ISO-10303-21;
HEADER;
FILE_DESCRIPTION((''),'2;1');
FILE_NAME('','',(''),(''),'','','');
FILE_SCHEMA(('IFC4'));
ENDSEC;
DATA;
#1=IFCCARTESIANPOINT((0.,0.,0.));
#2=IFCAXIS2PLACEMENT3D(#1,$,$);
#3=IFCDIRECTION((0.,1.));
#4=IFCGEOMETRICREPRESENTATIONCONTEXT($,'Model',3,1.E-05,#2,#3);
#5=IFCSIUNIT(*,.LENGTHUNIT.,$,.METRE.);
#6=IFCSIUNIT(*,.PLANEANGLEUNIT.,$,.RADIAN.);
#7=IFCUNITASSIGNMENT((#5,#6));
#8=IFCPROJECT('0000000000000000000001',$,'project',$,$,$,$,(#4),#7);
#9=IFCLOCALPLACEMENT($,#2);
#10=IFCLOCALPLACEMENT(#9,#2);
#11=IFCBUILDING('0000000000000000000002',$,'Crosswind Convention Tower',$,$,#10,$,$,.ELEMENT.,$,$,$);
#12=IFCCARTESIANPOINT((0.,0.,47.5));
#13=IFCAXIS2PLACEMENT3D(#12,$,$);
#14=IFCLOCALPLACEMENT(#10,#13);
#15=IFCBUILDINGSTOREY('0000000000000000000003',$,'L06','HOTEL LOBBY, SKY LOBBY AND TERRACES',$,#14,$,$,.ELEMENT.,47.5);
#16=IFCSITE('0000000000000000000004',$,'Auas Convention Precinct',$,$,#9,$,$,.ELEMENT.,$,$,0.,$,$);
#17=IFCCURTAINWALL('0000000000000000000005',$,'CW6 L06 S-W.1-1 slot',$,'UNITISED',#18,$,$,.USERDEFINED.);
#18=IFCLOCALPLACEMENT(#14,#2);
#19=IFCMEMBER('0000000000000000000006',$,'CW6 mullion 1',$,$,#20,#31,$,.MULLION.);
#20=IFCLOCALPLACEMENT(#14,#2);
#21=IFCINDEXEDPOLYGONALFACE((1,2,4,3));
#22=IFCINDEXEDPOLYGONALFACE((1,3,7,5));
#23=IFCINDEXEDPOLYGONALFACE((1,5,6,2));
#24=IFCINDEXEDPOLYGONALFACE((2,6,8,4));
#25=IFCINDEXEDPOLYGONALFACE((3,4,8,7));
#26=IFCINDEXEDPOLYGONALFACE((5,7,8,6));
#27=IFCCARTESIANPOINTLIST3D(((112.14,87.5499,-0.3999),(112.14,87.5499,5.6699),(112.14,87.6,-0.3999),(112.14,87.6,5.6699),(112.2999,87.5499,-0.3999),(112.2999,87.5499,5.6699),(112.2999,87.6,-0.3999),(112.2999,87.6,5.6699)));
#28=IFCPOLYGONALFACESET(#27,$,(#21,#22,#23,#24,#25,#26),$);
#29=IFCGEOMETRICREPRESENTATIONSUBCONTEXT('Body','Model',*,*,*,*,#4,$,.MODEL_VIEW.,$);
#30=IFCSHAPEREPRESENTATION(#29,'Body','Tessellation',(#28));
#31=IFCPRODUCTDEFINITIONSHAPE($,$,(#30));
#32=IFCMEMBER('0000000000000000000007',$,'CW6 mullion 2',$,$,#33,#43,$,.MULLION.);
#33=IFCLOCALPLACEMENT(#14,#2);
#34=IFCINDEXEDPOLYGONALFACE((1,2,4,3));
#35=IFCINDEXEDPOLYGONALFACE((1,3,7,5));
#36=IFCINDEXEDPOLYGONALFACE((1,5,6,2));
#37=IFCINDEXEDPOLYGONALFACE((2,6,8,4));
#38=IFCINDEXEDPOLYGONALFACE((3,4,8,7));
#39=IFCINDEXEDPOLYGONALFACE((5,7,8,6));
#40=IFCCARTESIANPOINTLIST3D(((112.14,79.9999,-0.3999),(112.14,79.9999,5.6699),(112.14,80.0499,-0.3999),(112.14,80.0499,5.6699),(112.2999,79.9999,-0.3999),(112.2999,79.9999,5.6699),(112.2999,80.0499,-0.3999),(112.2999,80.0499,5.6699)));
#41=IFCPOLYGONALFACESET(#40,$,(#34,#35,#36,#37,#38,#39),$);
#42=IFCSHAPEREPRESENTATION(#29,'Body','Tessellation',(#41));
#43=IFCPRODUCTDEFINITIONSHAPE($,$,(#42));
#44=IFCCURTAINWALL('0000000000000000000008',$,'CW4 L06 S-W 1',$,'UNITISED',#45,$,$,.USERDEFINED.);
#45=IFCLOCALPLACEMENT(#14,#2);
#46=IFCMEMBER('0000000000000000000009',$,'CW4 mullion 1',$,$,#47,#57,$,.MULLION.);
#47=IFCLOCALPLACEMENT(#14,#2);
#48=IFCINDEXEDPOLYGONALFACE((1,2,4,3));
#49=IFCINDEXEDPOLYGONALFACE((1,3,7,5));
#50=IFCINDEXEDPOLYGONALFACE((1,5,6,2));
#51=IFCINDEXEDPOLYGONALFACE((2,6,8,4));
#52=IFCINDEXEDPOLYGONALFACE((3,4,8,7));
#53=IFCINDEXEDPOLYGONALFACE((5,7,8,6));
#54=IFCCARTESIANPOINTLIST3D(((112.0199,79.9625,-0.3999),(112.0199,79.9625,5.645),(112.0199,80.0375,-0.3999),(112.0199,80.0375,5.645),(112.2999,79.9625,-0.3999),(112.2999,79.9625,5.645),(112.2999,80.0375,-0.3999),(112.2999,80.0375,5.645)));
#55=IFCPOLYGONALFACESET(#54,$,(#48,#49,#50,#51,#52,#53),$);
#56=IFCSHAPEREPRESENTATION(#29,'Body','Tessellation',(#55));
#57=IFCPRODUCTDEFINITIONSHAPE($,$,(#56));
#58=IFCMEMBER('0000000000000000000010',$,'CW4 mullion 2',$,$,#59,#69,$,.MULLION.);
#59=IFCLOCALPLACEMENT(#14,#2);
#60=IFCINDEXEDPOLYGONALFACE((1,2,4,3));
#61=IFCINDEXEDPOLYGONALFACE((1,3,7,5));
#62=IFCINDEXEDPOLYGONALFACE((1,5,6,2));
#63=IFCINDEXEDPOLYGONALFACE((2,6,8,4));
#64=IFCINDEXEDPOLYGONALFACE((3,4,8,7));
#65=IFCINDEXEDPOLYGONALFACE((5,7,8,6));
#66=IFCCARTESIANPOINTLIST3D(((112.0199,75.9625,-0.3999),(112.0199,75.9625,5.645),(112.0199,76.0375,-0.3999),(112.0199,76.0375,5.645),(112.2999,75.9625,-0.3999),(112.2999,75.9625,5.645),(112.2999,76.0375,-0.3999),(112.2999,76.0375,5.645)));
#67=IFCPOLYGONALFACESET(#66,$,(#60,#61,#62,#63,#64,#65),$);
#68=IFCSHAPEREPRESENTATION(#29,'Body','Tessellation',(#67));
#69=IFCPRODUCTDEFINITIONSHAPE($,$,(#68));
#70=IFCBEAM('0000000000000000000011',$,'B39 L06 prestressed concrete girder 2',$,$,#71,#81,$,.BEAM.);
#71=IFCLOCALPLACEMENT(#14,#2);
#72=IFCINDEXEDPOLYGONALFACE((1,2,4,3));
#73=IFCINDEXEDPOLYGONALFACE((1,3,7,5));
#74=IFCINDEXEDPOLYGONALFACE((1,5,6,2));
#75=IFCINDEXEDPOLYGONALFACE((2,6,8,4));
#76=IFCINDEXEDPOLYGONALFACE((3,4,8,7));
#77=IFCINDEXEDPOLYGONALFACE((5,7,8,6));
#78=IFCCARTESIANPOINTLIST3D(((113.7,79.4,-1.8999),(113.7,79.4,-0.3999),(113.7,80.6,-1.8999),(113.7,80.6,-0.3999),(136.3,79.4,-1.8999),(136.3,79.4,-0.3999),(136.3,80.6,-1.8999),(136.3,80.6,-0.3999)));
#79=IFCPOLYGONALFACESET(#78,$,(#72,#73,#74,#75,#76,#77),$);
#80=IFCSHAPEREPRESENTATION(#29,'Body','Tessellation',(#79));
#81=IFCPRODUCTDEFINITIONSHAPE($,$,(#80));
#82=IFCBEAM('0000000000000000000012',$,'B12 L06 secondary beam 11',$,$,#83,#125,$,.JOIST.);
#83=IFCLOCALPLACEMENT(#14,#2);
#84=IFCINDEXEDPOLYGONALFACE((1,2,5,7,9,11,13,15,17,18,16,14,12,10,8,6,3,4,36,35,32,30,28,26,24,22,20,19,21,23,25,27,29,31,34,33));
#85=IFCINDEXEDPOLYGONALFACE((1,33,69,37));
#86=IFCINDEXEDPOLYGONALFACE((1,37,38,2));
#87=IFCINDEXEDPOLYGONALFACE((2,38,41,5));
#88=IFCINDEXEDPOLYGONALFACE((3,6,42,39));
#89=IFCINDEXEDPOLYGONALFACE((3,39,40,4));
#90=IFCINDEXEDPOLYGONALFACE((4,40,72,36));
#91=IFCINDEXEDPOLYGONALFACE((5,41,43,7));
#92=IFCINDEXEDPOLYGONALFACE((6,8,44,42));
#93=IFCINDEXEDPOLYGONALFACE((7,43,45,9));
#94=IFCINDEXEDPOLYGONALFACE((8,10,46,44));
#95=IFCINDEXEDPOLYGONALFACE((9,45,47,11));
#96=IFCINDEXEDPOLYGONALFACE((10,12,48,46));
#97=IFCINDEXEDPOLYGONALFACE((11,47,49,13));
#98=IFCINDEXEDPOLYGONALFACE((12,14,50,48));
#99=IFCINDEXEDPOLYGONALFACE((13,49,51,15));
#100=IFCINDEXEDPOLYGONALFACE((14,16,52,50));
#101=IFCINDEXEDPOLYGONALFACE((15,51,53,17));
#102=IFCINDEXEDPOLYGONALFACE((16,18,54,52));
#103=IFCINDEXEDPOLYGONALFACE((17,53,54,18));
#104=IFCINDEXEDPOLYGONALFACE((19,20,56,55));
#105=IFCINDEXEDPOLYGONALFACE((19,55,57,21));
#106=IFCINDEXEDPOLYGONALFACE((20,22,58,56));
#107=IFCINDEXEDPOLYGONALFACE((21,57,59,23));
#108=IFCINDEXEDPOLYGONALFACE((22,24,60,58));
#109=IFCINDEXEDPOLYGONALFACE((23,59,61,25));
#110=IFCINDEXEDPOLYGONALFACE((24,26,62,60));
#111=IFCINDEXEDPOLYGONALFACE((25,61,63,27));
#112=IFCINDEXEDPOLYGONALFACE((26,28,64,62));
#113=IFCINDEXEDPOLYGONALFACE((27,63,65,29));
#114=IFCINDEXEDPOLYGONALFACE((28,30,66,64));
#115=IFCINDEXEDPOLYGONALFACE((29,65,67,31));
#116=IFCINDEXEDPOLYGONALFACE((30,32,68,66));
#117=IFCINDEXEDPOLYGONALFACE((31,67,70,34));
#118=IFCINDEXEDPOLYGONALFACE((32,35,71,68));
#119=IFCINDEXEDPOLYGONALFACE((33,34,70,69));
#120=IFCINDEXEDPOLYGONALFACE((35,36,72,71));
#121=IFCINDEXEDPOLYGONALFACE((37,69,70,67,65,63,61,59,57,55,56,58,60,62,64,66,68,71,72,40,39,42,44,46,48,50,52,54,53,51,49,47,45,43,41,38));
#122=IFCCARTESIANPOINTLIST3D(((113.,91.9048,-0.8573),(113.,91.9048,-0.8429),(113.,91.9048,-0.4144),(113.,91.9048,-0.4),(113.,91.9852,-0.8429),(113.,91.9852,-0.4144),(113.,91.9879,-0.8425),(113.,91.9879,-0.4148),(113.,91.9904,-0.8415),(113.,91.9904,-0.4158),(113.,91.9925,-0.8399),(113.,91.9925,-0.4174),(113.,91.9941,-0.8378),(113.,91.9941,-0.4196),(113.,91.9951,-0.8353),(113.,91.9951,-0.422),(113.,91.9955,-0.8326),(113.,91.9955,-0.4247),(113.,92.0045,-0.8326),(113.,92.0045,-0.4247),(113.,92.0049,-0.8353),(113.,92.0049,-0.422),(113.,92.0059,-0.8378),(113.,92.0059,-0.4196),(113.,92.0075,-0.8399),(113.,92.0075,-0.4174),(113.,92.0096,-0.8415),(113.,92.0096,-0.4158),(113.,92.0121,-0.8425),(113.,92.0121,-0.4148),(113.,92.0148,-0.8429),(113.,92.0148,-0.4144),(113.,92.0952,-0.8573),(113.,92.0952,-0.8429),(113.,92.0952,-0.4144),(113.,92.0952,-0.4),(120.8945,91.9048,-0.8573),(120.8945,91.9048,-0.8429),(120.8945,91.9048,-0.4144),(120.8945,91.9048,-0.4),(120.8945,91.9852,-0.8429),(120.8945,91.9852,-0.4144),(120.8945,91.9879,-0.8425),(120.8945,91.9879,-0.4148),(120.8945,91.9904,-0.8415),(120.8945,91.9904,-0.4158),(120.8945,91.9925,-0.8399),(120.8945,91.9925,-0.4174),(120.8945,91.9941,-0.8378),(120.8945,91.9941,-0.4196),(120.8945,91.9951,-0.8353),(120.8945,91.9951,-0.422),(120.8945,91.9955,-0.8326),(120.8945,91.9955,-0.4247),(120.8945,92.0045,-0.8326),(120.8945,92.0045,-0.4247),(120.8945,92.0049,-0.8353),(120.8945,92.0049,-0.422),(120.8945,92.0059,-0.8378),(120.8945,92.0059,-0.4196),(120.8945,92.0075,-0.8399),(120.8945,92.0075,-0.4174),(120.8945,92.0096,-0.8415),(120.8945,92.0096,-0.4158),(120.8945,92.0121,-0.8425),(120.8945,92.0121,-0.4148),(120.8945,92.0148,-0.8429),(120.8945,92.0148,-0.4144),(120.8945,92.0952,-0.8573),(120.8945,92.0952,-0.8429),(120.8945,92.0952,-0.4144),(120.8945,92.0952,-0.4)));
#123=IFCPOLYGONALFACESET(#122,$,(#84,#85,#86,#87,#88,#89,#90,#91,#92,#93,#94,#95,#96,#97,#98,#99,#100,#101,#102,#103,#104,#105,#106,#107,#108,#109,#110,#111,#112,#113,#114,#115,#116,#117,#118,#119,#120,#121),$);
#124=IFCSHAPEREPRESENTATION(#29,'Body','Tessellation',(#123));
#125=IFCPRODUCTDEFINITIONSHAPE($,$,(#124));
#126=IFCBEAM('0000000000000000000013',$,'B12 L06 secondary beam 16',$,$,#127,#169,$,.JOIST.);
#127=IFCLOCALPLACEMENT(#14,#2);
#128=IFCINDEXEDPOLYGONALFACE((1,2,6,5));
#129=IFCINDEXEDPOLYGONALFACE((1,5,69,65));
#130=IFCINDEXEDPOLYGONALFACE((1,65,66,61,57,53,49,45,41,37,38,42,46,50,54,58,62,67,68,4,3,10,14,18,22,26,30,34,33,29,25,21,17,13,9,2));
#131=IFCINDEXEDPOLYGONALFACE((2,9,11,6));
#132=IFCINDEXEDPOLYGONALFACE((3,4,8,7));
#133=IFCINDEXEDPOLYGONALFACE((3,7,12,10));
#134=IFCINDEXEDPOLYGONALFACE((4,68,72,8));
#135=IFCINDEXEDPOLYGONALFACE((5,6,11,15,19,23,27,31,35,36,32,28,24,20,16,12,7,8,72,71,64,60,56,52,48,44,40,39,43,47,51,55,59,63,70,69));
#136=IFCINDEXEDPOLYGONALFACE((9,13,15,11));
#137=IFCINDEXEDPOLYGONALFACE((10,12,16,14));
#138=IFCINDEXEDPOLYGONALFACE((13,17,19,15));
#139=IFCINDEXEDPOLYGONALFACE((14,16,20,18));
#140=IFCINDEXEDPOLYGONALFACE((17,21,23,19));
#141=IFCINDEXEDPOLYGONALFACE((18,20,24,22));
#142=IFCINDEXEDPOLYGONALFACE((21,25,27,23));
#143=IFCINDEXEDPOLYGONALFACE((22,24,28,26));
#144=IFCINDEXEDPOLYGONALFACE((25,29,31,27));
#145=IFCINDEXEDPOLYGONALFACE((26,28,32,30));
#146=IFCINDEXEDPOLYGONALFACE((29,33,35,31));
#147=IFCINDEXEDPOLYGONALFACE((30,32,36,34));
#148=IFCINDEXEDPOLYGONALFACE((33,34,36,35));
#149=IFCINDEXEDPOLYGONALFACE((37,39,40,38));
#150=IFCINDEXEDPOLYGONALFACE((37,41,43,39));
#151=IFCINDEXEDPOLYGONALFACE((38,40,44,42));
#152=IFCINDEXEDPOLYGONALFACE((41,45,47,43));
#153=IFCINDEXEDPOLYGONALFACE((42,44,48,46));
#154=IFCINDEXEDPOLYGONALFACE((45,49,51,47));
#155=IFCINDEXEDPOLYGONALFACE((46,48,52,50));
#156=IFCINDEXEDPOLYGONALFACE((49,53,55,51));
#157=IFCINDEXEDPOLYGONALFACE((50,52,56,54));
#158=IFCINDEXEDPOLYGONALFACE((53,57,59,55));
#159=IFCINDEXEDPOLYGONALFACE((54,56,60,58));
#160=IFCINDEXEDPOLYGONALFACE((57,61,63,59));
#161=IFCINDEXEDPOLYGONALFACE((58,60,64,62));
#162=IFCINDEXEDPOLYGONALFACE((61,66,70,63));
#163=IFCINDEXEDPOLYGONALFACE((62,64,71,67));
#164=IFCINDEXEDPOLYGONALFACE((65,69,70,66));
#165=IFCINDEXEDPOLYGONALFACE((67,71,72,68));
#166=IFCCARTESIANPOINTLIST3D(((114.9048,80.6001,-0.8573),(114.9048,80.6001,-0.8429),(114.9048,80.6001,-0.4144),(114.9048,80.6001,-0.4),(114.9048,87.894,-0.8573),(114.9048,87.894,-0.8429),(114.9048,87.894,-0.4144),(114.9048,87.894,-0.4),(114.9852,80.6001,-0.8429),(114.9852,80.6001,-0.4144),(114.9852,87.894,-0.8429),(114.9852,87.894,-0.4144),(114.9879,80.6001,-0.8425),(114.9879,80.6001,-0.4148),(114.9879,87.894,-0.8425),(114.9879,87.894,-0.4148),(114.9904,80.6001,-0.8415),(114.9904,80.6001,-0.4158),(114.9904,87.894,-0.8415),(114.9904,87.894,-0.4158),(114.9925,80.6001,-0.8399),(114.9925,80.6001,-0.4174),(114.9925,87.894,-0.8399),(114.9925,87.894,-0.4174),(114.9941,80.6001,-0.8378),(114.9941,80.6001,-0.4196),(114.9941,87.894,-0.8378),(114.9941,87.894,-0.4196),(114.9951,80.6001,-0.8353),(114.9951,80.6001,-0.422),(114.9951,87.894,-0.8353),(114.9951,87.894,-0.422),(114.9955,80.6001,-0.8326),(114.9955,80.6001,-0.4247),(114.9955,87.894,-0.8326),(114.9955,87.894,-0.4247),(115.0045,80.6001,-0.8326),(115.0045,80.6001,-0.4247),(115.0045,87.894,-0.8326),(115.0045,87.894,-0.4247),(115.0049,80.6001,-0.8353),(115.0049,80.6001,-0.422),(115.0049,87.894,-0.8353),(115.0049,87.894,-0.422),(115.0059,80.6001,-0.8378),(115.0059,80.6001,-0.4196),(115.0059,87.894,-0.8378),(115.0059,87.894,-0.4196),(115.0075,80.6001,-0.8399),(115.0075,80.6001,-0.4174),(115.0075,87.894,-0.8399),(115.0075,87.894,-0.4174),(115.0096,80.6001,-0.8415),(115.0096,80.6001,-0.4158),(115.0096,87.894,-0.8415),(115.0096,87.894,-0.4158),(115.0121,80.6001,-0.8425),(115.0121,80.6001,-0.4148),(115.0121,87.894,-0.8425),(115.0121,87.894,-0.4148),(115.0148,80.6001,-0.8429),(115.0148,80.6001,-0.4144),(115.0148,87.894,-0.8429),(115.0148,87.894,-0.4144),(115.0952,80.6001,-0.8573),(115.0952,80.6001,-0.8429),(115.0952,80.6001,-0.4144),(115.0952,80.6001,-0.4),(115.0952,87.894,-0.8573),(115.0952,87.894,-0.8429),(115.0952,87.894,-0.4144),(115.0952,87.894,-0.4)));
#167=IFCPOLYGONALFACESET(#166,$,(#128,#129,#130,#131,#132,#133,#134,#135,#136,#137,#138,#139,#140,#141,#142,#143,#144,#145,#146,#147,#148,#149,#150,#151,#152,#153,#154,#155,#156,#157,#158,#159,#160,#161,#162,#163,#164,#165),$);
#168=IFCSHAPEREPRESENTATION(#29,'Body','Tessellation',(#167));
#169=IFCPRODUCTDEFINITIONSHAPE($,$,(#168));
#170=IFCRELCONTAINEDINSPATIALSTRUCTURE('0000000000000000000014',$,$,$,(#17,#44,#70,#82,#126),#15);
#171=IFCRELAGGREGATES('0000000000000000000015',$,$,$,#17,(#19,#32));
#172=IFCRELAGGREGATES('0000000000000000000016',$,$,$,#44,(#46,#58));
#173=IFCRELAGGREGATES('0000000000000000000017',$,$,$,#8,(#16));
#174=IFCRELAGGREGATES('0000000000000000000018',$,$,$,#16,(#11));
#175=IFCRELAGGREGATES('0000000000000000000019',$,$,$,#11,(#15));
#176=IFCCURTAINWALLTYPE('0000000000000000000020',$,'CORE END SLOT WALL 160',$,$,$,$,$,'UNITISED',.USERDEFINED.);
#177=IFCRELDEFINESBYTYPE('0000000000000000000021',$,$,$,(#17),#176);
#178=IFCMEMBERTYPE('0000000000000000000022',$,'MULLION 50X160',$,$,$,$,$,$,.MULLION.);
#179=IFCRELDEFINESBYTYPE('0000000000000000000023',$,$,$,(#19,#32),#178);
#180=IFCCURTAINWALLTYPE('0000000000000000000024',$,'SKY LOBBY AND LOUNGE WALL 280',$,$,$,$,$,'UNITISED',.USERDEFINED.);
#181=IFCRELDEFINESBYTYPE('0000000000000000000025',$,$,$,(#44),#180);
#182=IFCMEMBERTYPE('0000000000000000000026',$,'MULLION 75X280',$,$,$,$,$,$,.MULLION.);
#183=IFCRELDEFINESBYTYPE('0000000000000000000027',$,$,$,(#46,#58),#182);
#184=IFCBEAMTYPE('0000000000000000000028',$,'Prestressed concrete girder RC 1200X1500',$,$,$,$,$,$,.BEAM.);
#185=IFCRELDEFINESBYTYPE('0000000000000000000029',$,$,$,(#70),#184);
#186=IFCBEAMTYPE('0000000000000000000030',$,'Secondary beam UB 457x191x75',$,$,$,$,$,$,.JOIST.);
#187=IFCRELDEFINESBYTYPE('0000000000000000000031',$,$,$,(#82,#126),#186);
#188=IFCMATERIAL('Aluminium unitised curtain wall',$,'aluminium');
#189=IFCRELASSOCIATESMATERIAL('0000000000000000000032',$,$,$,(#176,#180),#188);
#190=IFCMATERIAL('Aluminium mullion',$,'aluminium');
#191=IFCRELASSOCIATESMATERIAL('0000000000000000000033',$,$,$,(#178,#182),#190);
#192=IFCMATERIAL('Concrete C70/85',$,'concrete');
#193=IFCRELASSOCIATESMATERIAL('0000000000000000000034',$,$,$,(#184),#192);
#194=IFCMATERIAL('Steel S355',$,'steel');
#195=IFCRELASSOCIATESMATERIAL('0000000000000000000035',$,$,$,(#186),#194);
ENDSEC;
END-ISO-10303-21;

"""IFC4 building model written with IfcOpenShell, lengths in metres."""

from ifc_helpers import new_model, si_unit, direction, frame, origin, origin_2d, place, context, subcontext, project, spatial, rectangle, i_section, extrude, material, material_profile, profile_set, type_object, element, aggregate, save


model = new_model("IFC4")

# Units and contexts
model_context = context("Model", 3, precision=1e-05, world=origin(), true_north=direction((0.0, 1.0)))
body_context = subcontext(model_context, "Body", "Model", "MODEL_VIEW")
ifc_project = project(units=[si_unit("LENGTHUNIT", "METRE"), si_unit("PLANEANGLEUNIT", "RADIAN")], contexts=[model_context])

# Site, building, storey
site_placement = place(None, origin())
site = spatial("IfcSite", under=ifc_project, at=site_placement, Name="Auas Convention Precinct", CompositionType="ELEMENT", RefElevation=0.0)
building_placement = place(site_placement, origin())
building = spatial("IfcBuilding", under=site, at=building_placement, Name="Crosswind Convention Tower", CompositionType="ELEMENT")
storey_placement = place(building_placement, frame((0.0, 0.0, 47.5)))
storey = spatial("IfcBuildingStorey", under=building, at=storey_placement, Name="L06", Description="HOTEL LOBBY, SKY LOBBY AND TERRACES", CompositionType="ELEMENT", Elevation=47.5)

# Shared definitions
ifc_material_1 = material(Name="Concrete C70/85", Category="concrete")

# Shared definitions
ifc_material_2 = material(Name="Steel S355", Category="steel")

# Curtain walls, members
ifc_material_3 = material(Name="Aluminium unitised curtain wall", Category="aluminium")
curtain_wall_type_1 = type_object("IfcCurtainWallType", Name="CORE END SLOT WALL 160", ElementType="UNITISED", PredefinedType="USERDEFINED", material=ifc_material_3)
curtain_wall_1_placement = place(storey_placement, origin())
curtain_wall_1 = element("IfcCurtainWall", 1, at=curtain_wall_1_placement, inside=storey, type_object=curtain_wall_type_1, Name="CW6 L06 S-W.1-1 slot", ObjectType="UNITISED", PredefinedType="USERDEFINED")
ifc_material_4 = material(Name="Aluminium mullion", Category="aluminium")
ifc_material_profile_1 = material_profile(ifc_material_4, rectangle(XDim=0.1599, YDim=0.05, at=origin_2d()), Name="AL 160X50")
ifc_profile_set_1 = profile_set([ifc_material_profile_1], Name="Aluminium mullion")
member_type_1 = type_object("IfcMemberType", Name="MULLION 50X160", PredefinedType="MULLION", material=ifc_profile_set_1)
member_1_placement = place(storey_placement, frame((112.22, 87.575, -0.3999), z_axis=(0.0, 0.0, 1.0), x_axis=(-1.0, 0.0, 0.0)))
member_1 = element("IfcMember", 2, at=member_1_placement, type_object=member_type_1, Name="CW6 mullion 1", PredefinedType="MULLION", context=body_context, shape_type="SweptSolid", body=[
    extrude(rectangle(XDim=0.1599, YDim=0.05, at=origin_2d()), origin(), (0.0, 0.0, 1.0), 6.0698),
])
member_2_placement = place(storey_placement, frame((112.22, 80.0249, -0.3999), z_axis=(0.0, 0.0, 1.0), x_axis=(-1.0, 0.0, 0.0)))
member_2 = element("IfcMember", 3, at=member_2_placement, type_object=member_type_1, Name="CW6 mullion 2", PredefinedType="MULLION", context=body_context, shape_type="SweptSolid", body=[
    extrude(rectangle(XDim=0.1599, YDim=0.05, at=origin_2d()), origin(), (0.0, 0.0, 1.0), 6.0698),
])
curtain_wall_type_2 = type_object("IfcCurtainWallType", Name="SKY LOBBY AND LOUNGE WALL 280", ElementType="UNITISED", PredefinedType="USERDEFINED", material=ifc_material_3)
curtain_wall_2_placement = place(storey_placement, origin())
curtain_wall_2 = element("IfcCurtainWall", 4, at=curtain_wall_2_placement, inside=storey, type_object=curtain_wall_type_2, Name="CW4 L06 S-W 1", ObjectType="UNITISED", PredefinedType="USERDEFINED")
ifc_material_profile_2 = material_profile(ifc_material_4, rectangle(XDim=0.28, YDim=0.075, at=origin_2d()), Name="AL 280X75")
ifc_profile_set_2 = profile_set([ifc_material_profile_2], Name="Aluminium mullion")
member_type_2 = type_object("IfcMemberType", Name="MULLION 75X280", PredefinedType="MULLION", material=ifc_profile_set_2)
member_3_placement = place(storey_placement, frame((112.1599, 80.0, -0.3999), z_axis=(0.0, 0.0, 1.0), x_axis=(-1.0, 0.0, 0.0)))
member_3 = element("IfcMember", 5, at=member_3_placement, type_object=member_type_2, Name="CW4 mullion 1", PredefinedType="MULLION", context=body_context, shape_type="SweptSolid", body=[
    extrude(rectangle(XDim=0.28, YDim=0.075, at=origin_2d()), origin(), (0.0, 0.0, 1.0), 6.0449),
])
member_4_placement = place(storey_placement, frame((112.1599, 76.0, -0.3999), z_axis=(0.0, 0.0, 1.0), x_axis=(-1.0, 0.0, 0.0)))
member_4 = element("IfcMember", 6, at=member_4_placement, type_object=member_type_2, Name="CW4 mullion 2", PredefinedType="MULLION", context=body_context, shape_type="SweptSolid", body=[
    extrude(rectangle(XDim=0.28, YDim=0.075, at=origin_2d()), origin(), (0.0, 0.0, 1.0), 6.0449),
])

# Beams
ifc_material_profile_3 = material_profile(ifc_material_1, rectangle(XDim=1.2, YDim=1.5, at=origin_2d()), Name="RC 1200X1500")
ifc_profile_set_3 = profile_set([ifc_material_profile_3], Name="Concrete C70/85")
beam_type_1 = type_object("IfcBeamType", Name="Prestressed concrete girder RC 1200X1500", PredefinedType="BEAM", material=ifc_profile_set_3)
beam_1_placement = place(storey_placement, frame((113.7, 80.0, -1.1499), z_axis=(1.0, 0.0, 0.0), x_axis=(0.0, 1.0, 0.0)))
element("IfcBeam", 7, at=beam_1_placement, inside=storey, type_object=beam_type_1, Name="B39 L06 prestressed concrete girder 2", PredefinedType="BEAM", context=body_context, shape_type="SweptSolid", body=[
    extrude(rectangle(XDim=1.2, YDim=1.5, at=origin_2d()), origin(), (0.0, 0.0, 1.0), 22.6001),
])
ifc_material_profile_4 = material_profile(ifc_material_2, i_section(OverallWidth=0.1904, OverallDepth=0.4573, WebThickness=0.009, FlangeThickness=0.0144, FilletRadius=0.0103, at=origin_2d()), Name="UB 457x191x75")
ifc_profile_set_4 = profile_set([ifc_material_profile_4], Name="Steel S355")
beam_type_2 = type_object("IfcBeamType", Name="Secondary beam UB 457x191x75", PredefinedType="JOIST", material=ifc_profile_set_4)
beam_2_placement = place(storey_placement, frame((113.0, 92.0, -0.6287), z_axis=(1.0, 0.0, 0.0), x_axis=(0.0, 1.0, 0.0)))
element("IfcBeam", 8, at=beam_2_placement, inside=storey, type_object=beam_type_2, Name="B12 L06 secondary beam 11", PredefinedType="JOIST", context=body_context, shape_type="SweptSolid", body=[
    extrude(i_section(OverallWidth=0.1904, OverallDepth=0.4573, WebThickness=0.009, FlangeThickness=0.0144, FilletRadius=0.0103, at=origin_2d()), origin(), (0.0, 0.0, 1.0), 7.8945),
])
for number, where, z_axis, x_axis, name in (
    (9, (115.0, 80.6001, -0.6287), (0.0, 1.0, 0.0), (-1.0, 0.0, 0.0), "B12 L06 secondary beam 16"),
):
    element("IfcBeam", number, at=place(storey_placement, frame(where, z_axis=z_axis, x_axis=x_axis)), inside=storey, type_object=beam_type_2, Name=name, PredefinedType="JOIST", context=body_context, shape_type="SweptSolid", body=[
        extrude(i_section(OverallWidth=0.1904, OverallDepth=0.4573, WebThickness=0.009, FlangeThickness=0.0144, FilletRadius=0.0103, at=origin_2d()), origin(), (0.0, 0.0, 1.0), 7.2939),
    ])

aggregate(curtain_wall_1, [member_1, member_2])
aggregate(curtain_wall_2, [member_3, member_4])

save(model, "model.ifc")
